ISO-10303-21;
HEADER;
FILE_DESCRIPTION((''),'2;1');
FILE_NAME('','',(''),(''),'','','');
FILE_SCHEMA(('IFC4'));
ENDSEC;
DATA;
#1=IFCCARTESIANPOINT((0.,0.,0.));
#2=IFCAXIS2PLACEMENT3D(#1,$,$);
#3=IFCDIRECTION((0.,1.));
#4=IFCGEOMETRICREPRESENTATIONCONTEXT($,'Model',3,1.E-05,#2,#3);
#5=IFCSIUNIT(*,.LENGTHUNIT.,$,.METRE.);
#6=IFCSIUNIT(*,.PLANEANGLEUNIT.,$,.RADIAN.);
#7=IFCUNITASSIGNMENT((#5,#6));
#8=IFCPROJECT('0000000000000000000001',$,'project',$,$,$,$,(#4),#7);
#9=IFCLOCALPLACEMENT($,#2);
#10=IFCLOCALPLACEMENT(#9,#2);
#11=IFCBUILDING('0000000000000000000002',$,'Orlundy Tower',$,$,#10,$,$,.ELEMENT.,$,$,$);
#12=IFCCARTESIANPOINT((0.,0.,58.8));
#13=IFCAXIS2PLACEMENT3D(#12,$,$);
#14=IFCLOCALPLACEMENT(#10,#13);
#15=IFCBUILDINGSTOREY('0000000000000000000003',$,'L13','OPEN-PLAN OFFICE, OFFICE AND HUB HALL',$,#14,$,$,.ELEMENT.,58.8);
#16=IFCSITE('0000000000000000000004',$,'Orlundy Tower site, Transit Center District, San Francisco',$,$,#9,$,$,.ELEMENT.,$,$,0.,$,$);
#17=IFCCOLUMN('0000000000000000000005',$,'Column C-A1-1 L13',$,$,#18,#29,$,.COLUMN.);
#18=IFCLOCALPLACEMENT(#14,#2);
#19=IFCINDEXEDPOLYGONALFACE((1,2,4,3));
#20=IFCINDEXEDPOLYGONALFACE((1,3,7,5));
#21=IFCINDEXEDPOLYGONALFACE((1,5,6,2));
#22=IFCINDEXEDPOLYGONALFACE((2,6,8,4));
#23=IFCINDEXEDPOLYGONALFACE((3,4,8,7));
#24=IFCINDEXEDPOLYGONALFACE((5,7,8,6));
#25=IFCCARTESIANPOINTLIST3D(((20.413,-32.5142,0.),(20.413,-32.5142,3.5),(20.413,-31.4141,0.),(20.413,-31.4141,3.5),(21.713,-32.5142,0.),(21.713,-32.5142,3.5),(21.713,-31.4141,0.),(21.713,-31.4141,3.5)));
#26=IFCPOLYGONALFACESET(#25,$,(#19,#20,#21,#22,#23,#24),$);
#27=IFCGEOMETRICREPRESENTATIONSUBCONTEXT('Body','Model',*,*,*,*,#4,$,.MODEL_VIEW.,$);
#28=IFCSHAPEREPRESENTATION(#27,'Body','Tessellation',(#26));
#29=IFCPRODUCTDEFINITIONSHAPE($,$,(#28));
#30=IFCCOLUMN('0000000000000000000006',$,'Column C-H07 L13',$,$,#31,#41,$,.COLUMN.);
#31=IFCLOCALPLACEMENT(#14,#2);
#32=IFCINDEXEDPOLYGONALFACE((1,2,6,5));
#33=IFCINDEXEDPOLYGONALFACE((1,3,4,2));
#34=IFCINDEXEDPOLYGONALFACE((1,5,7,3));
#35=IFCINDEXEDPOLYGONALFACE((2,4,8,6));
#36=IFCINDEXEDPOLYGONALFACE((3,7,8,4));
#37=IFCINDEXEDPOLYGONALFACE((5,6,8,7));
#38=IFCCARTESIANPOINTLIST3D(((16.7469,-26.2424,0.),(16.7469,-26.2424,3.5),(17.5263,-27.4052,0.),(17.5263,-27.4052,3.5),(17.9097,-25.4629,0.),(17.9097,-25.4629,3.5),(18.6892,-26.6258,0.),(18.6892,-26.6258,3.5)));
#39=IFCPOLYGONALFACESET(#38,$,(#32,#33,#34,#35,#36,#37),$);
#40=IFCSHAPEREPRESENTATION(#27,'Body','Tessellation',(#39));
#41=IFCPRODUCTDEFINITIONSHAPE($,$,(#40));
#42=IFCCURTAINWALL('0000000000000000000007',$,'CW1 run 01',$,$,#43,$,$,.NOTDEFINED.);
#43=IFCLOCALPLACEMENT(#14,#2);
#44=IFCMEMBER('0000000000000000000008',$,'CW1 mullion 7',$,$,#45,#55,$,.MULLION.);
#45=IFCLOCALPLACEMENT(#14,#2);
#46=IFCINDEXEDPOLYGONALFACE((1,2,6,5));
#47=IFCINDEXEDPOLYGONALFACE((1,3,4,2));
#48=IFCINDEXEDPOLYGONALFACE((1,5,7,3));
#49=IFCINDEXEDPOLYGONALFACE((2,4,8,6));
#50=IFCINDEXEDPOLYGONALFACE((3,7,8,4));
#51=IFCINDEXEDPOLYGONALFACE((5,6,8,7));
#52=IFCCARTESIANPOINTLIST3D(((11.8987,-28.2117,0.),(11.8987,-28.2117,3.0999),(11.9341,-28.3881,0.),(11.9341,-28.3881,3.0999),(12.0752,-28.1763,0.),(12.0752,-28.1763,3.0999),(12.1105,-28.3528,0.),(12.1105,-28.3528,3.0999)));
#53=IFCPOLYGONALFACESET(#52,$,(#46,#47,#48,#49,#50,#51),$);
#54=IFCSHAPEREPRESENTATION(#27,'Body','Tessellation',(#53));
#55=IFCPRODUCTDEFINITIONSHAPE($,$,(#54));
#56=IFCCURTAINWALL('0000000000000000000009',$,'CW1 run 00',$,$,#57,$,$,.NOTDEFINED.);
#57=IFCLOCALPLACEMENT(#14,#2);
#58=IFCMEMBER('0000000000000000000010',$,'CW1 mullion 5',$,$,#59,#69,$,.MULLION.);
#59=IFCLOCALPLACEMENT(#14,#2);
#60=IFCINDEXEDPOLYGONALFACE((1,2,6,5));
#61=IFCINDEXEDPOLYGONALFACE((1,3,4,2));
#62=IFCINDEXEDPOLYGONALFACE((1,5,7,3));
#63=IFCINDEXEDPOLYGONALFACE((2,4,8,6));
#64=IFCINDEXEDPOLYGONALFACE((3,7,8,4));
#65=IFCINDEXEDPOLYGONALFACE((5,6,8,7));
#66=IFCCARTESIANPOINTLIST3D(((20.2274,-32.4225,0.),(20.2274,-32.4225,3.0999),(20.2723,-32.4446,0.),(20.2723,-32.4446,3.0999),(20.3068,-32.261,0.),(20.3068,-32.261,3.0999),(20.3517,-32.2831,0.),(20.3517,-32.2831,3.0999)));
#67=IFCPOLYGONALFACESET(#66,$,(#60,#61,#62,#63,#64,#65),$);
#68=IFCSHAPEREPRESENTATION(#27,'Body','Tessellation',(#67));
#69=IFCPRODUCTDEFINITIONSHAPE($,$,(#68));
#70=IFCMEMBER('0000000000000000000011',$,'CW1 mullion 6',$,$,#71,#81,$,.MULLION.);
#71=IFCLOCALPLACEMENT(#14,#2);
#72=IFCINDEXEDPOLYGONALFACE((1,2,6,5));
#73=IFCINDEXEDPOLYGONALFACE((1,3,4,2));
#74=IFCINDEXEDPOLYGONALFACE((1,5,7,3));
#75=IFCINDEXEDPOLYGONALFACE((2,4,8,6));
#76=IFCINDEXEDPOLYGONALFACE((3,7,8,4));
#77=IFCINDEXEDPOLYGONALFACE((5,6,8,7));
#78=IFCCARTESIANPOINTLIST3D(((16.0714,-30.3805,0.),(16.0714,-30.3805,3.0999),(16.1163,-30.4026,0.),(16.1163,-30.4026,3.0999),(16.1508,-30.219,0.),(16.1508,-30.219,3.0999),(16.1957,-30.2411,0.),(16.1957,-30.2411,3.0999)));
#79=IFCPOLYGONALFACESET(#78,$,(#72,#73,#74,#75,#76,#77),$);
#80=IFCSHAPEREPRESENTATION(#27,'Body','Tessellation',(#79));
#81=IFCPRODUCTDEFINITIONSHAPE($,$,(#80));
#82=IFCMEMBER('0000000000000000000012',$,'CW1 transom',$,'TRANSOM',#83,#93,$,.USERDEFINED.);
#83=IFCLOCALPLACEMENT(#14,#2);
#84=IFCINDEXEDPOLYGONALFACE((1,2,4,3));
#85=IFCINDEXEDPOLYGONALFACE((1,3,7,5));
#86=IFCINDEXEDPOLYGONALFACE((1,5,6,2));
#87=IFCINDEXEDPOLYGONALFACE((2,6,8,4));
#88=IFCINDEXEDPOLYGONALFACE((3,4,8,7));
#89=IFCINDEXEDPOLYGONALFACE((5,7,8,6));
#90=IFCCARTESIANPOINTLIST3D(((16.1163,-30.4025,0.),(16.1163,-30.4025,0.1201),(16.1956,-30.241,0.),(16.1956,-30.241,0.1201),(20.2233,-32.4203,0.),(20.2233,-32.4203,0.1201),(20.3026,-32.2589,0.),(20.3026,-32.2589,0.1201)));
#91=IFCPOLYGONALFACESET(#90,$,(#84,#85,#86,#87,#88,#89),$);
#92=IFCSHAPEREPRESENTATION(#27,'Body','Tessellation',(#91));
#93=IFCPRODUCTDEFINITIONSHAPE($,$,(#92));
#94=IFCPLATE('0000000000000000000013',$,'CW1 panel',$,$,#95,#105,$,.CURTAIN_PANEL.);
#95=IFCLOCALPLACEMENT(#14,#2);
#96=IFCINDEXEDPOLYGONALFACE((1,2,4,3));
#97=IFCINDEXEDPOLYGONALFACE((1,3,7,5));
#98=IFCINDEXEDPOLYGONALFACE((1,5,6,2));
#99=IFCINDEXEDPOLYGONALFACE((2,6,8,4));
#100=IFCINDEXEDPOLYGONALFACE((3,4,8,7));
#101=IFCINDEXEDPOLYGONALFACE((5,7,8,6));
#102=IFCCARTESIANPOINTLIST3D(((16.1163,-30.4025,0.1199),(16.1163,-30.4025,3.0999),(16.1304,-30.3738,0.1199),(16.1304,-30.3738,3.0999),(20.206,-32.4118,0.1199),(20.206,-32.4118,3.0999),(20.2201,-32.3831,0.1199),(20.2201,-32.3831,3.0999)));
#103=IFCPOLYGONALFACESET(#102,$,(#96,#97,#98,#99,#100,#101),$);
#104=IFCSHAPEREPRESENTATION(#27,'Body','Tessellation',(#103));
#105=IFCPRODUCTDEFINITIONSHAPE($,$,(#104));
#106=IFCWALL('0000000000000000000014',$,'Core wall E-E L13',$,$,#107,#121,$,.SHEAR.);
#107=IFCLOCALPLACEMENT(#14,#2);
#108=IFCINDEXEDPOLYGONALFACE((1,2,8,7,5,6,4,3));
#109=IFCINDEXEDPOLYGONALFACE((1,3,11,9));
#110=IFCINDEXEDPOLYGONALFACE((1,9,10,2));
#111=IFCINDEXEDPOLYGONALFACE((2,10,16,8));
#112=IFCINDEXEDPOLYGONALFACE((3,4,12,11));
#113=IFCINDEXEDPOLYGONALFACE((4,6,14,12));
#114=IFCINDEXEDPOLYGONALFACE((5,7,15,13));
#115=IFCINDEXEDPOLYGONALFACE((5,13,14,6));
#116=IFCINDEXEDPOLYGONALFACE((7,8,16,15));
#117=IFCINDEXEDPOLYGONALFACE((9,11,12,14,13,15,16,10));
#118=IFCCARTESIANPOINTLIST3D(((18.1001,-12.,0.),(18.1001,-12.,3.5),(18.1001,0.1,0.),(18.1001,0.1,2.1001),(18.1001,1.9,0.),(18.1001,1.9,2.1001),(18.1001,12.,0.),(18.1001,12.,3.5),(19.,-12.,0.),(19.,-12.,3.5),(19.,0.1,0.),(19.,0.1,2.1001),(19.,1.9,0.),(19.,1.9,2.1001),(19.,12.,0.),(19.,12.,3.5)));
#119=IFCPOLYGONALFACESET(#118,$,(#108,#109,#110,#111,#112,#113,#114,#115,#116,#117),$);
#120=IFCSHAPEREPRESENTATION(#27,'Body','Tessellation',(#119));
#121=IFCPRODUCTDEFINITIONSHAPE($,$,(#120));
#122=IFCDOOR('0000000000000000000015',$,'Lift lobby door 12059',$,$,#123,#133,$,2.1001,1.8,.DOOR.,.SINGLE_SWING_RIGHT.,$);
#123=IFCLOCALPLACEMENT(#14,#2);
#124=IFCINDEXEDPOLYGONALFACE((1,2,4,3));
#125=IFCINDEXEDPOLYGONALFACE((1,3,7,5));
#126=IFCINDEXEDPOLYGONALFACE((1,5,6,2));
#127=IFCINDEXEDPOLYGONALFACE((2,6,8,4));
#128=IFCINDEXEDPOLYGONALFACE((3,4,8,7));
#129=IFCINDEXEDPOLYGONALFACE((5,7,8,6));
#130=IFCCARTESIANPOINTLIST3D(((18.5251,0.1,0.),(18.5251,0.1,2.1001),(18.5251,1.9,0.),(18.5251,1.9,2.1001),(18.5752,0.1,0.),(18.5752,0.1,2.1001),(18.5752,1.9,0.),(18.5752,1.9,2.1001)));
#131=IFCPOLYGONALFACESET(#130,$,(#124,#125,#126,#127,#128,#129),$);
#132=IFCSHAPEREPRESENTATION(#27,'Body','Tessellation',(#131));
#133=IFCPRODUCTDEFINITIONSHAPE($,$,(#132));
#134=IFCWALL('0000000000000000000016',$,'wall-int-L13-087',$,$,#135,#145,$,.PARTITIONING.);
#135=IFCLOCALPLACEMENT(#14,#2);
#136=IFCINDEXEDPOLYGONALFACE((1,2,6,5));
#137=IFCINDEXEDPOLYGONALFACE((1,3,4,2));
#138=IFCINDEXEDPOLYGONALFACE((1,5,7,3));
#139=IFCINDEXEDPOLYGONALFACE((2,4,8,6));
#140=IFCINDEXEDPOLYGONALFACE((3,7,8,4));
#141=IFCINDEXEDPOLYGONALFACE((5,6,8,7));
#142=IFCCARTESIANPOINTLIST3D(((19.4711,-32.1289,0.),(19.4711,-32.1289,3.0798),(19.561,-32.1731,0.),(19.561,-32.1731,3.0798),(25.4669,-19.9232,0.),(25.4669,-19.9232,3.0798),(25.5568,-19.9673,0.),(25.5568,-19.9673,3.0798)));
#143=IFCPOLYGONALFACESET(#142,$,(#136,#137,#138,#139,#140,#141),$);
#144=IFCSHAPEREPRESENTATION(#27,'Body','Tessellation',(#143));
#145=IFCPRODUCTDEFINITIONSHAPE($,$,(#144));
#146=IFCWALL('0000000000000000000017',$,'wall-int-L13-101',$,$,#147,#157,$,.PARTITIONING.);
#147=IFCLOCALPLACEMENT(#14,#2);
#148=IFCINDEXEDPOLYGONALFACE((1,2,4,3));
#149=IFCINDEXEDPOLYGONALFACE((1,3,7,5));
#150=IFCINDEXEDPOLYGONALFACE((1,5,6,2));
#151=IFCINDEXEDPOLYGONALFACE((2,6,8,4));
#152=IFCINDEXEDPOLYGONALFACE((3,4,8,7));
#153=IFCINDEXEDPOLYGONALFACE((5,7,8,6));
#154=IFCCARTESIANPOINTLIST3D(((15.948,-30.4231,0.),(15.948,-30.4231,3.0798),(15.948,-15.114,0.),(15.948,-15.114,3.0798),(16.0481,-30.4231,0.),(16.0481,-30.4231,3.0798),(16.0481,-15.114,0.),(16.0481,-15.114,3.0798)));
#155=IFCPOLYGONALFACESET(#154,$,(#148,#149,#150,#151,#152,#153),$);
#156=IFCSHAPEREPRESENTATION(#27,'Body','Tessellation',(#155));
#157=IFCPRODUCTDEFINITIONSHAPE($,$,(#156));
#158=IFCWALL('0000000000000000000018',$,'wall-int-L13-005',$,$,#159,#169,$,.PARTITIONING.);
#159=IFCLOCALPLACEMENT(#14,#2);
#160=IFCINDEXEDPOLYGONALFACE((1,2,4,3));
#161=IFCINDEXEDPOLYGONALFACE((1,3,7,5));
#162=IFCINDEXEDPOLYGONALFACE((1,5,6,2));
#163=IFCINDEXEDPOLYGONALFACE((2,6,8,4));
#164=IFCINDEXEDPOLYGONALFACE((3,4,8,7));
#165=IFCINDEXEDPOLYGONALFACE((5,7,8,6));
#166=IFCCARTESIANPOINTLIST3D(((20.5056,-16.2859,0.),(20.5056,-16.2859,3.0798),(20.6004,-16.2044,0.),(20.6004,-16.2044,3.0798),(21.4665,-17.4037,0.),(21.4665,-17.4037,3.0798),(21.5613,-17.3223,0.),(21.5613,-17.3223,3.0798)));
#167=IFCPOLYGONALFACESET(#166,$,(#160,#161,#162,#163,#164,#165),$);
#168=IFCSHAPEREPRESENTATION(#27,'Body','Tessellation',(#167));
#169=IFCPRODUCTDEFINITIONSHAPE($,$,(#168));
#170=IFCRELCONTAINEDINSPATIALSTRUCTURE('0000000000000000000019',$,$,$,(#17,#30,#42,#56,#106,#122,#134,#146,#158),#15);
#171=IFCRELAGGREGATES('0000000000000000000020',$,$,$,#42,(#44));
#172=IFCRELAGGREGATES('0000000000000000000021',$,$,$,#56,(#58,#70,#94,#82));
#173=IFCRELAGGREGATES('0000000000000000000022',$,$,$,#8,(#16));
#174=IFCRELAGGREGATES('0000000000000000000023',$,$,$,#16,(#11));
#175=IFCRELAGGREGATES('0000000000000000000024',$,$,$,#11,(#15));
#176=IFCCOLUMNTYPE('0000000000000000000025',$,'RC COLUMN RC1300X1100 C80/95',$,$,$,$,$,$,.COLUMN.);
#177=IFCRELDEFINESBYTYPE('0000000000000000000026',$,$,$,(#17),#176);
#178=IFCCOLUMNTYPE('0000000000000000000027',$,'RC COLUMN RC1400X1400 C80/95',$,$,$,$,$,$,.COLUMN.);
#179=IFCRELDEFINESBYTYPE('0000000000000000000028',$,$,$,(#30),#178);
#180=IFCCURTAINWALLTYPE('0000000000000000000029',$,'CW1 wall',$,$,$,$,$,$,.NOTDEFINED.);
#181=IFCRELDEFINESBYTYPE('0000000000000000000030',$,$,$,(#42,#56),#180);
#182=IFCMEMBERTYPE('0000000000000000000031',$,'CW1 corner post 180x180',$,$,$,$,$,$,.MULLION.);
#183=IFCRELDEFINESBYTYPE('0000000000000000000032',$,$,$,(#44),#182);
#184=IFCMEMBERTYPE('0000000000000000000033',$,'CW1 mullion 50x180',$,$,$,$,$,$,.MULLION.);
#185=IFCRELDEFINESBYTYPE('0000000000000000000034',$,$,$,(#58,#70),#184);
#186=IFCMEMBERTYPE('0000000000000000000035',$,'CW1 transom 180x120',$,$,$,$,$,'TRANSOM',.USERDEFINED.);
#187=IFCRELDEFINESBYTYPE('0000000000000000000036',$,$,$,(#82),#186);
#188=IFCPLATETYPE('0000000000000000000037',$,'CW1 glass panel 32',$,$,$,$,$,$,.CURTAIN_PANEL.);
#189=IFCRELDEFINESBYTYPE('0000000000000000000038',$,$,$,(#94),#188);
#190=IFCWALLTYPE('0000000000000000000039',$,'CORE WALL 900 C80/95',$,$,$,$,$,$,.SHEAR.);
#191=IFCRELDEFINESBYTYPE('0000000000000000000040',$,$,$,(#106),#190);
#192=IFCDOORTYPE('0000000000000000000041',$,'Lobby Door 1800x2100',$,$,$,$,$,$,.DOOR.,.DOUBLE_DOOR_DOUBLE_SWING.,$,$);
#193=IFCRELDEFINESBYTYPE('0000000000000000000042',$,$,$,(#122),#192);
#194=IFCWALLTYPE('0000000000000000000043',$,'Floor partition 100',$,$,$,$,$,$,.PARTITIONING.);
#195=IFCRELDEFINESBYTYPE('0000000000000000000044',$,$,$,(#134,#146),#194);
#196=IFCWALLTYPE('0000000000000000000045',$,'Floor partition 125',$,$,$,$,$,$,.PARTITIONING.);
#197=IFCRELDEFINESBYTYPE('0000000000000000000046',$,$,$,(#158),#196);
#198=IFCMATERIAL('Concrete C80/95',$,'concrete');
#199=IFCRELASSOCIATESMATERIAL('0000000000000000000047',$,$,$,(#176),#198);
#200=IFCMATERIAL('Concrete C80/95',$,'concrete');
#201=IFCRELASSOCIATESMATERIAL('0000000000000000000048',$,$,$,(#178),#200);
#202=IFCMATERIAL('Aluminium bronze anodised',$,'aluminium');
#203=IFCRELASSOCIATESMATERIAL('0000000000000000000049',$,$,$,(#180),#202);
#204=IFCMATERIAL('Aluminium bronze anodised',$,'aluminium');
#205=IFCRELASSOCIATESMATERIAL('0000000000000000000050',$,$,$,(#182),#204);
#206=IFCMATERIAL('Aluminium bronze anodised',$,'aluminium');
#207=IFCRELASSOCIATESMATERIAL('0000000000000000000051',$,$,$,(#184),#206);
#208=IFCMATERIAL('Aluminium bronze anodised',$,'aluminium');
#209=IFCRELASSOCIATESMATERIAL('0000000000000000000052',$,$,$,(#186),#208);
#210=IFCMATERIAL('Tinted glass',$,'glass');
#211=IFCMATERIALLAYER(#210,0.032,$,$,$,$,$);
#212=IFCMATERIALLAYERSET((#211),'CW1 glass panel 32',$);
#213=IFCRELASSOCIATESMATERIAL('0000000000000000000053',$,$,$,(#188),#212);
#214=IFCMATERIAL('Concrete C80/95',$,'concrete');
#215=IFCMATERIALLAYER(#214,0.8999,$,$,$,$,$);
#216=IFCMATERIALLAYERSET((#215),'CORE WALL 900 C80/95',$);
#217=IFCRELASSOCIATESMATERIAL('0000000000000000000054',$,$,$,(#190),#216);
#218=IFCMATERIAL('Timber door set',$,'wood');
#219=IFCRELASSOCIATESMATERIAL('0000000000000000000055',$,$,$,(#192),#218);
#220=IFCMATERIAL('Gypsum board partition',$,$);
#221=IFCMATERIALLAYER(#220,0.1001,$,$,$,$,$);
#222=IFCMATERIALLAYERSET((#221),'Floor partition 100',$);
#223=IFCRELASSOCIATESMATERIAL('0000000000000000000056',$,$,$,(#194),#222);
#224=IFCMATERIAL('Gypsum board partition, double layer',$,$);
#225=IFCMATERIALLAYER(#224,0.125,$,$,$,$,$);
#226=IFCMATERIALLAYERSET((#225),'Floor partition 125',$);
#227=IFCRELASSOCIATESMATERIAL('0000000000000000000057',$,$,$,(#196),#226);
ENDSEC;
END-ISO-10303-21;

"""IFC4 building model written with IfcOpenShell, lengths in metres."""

from ifc_helpers import new_model, si_unit, direction, frame, frame_2d, origin, origin_2d, place, context, subcontext, project, spatial, rectangle, extrude, material, layer, layer_set, material_profile, profile_set, type_object, element, fill, aggregate, save


model = new_model("IFC4")

# Units and contexts
model_context = context("Model", 3, precision=1e-05, world=origin(), true_north=direction((0.0, 1.0)))
body_context = subcontext(model_context, "Body", "Model", "MODEL_VIEW")
ifc_project = project(units=[si_unit("LENGTHUNIT", "METRE"), si_unit("PLANEANGLEUNIT", "RADIAN")], contexts=[model_context])

# Site, building, storey
site_placement = place(None, origin())
site = spatial("IfcSite", under=ifc_project, at=site_placement, Name="Orlundy Tower site, Transit Center District, San Francisco", CompositionType="ELEMENT", RefElevation=0.0)
building_placement = place(site_placement, origin())
building = spatial("IfcBuilding", under=site, at=building_placement, Name="Orlundy Tower", CompositionType="ELEMENT")
storey_placement = place(building_placement, frame((0.0, 0.0, 58.8)))
storey = spatial("IfcBuildingStorey", under=building, at=storey_placement, Name="L13", Description="OPEN-PLAN OFFICE, OFFICE AND HUB HALL", CompositionType="ELEMENT", Elevation=58.8)

# Columns
ifc_material_1 = material(Name="Concrete C80/95", Category="concrete")
ifc_material_profile_1 = material_profile(ifc_material_1, rectangle(XDim=1.3, YDim=1.1001, at=origin_2d()), Name="RC1300X1100")
ifc_profile_set_1 = profile_set([ifc_material_profile_1], Name="Concrete C80/95")
column_type_1 = type_object("IfcColumnType", Name="RC COLUMN RC1300X1100 C80/95", PredefinedType="COLUMN", material=ifc_profile_set_1)
column_1_placement = place(storey_placement, frame((21.063, -31.9641, 0.0), z_axis=(0.0, 0.0, 1.0), x_axis=(1.0, 0.0, 0.0)))
element("IfcColumn", 1, at=column_1_placement, inside=storey, type_object=column_type_1, Name="Column C-A1-1 L13", PredefinedType="COLUMN", context=body_context, shape_type="SweptSolid", body=[
    extrude(rectangle(XDim=1.3, YDim=1.1001, at=origin_2d()), origin(), (0.0, 0.0, 1.0), 3.5),
])
ifc_material_2 = material(Name="Concrete C80/95", Category="concrete")
ifc_material_profile_2 = material_profile(ifc_material_2, rectangle(XDim=1.3999, YDim=1.3999, at=origin_2d()), Name="RC1400X1400")
ifc_profile_set_2 = profile_set([ifc_material_profile_2], Name="Concrete C80/95")
column_type_2 = type_object("IfcColumnType", Name="RC COLUMN RC1400X1400 C80/95", PredefinedType="COLUMN", material=ifc_profile_set_2)
column_2_placement = place(storey_placement, frame((17.718, -26.4341, 0.0), z_axis=(0.0, 0.0, 1.0), x_axis=(0.556774, -0.830664, 0.0)))
element("IfcColumn", 2, at=column_2_placement, inside=storey, type_object=column_type_2, Name="Column C-H07 L13", PredefinedType="COLUMN", context=body_context, shape_type="SweptSolid", body=[
    extrude(rectangle(XDim=1.3999, YDim=1.3999, at=origin_2d()), origin(), (0.0, 0.0, 1.0), 3.5),
])

# Curtain wall, member
ifc_material_3 = material(Name="Aluminium bronze anodised", Category="aluminium")
curtain_wall_type = type_object("IfcCurtainWallType", Name="CW1 wall", PredefinedType="NOTDEFINED", material=ifc_material_3)
curtain_wall_1_placement = place(storey_placement, origin())
curtain_wall_1 = element("IfcCurtainWall", 3, at=curtain_wall_1_placement, inside=storey, type_object=curtain_wall_type, Name="CW1 run 01", PredefinedType="NOTDEFINED")
ifc_material_4 = material(Name="Aluminium bronze anodised", Category="aluminium")
ifc_material_profile_3 = material_profile(ifc_material_4, rectangle(XDim=0.1799, YDim=0.1799, at=origin_2d()), Name="CW1 corner post 180x180")
ifc_profile_set_3 = profile_set([ifc_material_profile_3], Name="Aluminium bronze anodised")
member_type_1 = type_object("IfcMemberType", Name="CW1 corner post 180x180", PredefinedType="MULLION", material=ifc_profile_set_3)
member_1_placement = place(storey_placement, frame((12.0046, -28.2822, 0.0), z_axis=(0.0, 0.0, 1.0), x_axis=(0.196532, -0.980497, 0.0)))
member_1 = element("IfcMember", 4, at=member_1_placement, type_object=member_type_1, Name="CW1 mullion 7", PredefinedType="MULLION", context=body_context, shape_type="SweptSolid", body=[
    extrude(rectangle(XDim=0.1799, YDim=0.1799, at=origin_2d()), origin(), (0.0, 0.0, 1.0), 3.0999),
])
aggregate(curtain_wall_1, [member_1])

# Curtain wall, members, plate
curtain_wall_2_placement = place(storey_placement, origin())
curtain_wall_2 = element("IfcCurtainWall", 5, at=curtain_wall_2_placement, inside=storey, type_object=curtain_wall_type, Name="CW1 run 00", PredefinedType="NOTDEFINED")
ifc_material_5 = material(Name="Aluminium bronze anodised", Category="aluminium")
ifc_material_profile_4 = material_profile(ifc_material_5, rectangle(XDim=0.1799, YDim=0.05, at=origin_2d()), Name="CW1 mullion 50x180")
ifc_profile_set_4 = profile_set([ifc_material_profile_4], Name="Aluminium bronze anodised")
member_type_2 = type_object("IfcMemberType", Name="CW1 mullion 50x180", PredefinedType="MULLION", material=ifc_profile_set_4)
member_2_placement = place(storey_placement, frame((20.2896, -32.3528, 0.0), z_axis=(0.0, 0.0, 1.0), x_axis=(-0.440969, -0.897522, 0.0)))
member_2 = element("IfcMember", 6, at=member_2_placement, type_object=member_type_2, Name="CW1 mullion 5", PredefinedType="MULLION", context=body_context, shape_type="SweptSolid", body=[
    extrude(rectangle(XDim=0.1799, YDim=0.05, at=origin_2d()), origin(), (0.0, 0.0, 1.0), 3.0999),
])
member_3_placement = place(storey_placement, frame((16.1335, -30.3108, 0.0), z_axis=(0.0, 0.0, 1.0), x_axis=(-0.440969, -0.897522, 0.0)))
member_3 = element("IfcMember", 7, at=member_3_placement, type_object=member_type_2, Name="CW1 mullion 6", PredefinedType="MULLION", context=body_context, shape_type="SweptSolid", body=[
    extrude(rectangle(XDim=0.1799, YDim=0.05, at=origin_2d()), origin(), (0.0, 0.0, 1.0), 3.0999),
])
ifc_material_6 = material(Name="Aluminium bronze anodised", Category="aluminium")
ifc_material_profile_5 = material_profile(ifc_material_6, rectangle(XDim=0.1799, YDim=0.1201, at=origin_2d()), Name="CW1 transom 180x120")
ifc_profile_set_5 = profile_set([ifc_material_profile_5], Name="Aluminium bronze anodised")
member_type_3 = type_object("IfcMemberType", Name="CW1 transom 180x120", ElementType="TRANSOM", PredefinedType="USERDEFINED", material=ifc_profile_set_5)
member_4_placement = place(storey_placement, frame((20.2629, -32.3396, 0.0601), z_axis=(-0.897521, 0.440971, 0.0), x_axis=(-0.440971, -0.897521, 0.0)))
member_4 = element("IfcMember", 8, at=member_4_placement, type_object=member_type_3, Name="CW1 transom", ObjectType="TRANSOM", PredefinedType="USERDEFINED", context=body_context, shape_type="SweptSolid", body=[
    extrude(rectangle(XDim=0.1799, YDim=0.1201, at=origin_2d()), origin(), (0.0, 0.0, 1.0), 4.5759),
])
ifc_material_7 = material(Name="Tinted glass", Category="glass")
ifc_layer_1 = layer(ifc_material_7, 0.032)
ifc_layer_set_1 = layer_set([ifc_layer_1], Name="CW1 glass panel 32")
plate_type = type_object("IfcPlateType", Name="CW1 glass panel 32", PredefinedType="CURTAIN_PANEL", material=ifc_layer_set_1)
plate_placement = place(storey_placement, frame((18.1682, -31.3928, 0.1199), z_axis=(0.0, 0.0, 1.0), x_axis=(-0.897522, 0.440969, 0.0)))
plate = element("IfcPlate", 9, at=plate_placement, type_object=plate_type, Name="CW1 panel", PredefinedType="CURTAIN_PANEL", context=body_context, shape_type="SweptSolid", body=[
    extrude(rectangle(XDim=4.5566, YDim=0.032, at=origin_2d()), origin(), (0.0, 0.0, 1.0), 2.98),
])
aggregate(curtain_wall_2, [member_2, member_3, plate, member_4])

# Wall, opening, door
ifc_material_8 = material(Name="Concrete C80/95", Category="concrete")
ifc_layer_2 = layer(ifc_material_8, 0.8999)
ifc_layer_set_2 = layer_set([ifc_layer_2], Name="CORE WALL 900 C80/95")
wall_type_1 = type_object("IfcWallType", Name="CORE WALL 900 C80/95", PredefinedType="SHEAR", material=ifc_layer_set_2)
wall_1_placement = place(storey_placement, frame((18.55, -12.0, 0.0), z_axis=(0.0, 0.0, 1.0), x_axis=(0.0, 1.0, 0.0)))
wall_1 = element("IfcWall", 10, at=wall_1_placement, inside=storey, type_object=wall_type_1, Name="Core wall E-E L13", PredefinedType="SHEAR", context=body_context, shape_type="SweptSolid", body=[
    extrude(rectangle(XDim=24.0, YDim=0.8999, at=frame_2d((12.0, 0.0))), origin(), (0.0, 0.0, 1.0), 3.5),
])
opening_1_placement = place(wall_1_placement, frame((12.1001, 0.0, 0.0)))
opening_1 = element("IfcOpeningElement", 11, at=opening_1_placement, cuts=wall_1, PredefinedType="OPENING", context=body_context, shape_type="SweptSolid", body=[
    extrude(rectangle(XDim=1.8, YDim=2.1001, at=frame_2d((0.8999, 1.05))), frame((0.0, 0.46, 0.0), z_axis=(0.0, -1.0, 0.0), x_axis=(1.0, 0.0, 0.0)), (0.0, 0.0, 1.0), 0.9199),
])
ifc_material_9 = material(Name="Timber door set", Category="wood")
door_type_1 = type_object("IfcDoorType", Name="Lobby Door 1800x2100", OperationType="DOUBLE_DOOR_DOUBLE_SWING", PredefinedType="DOOR", material=ifc_material_9)
door_1_placement = place(opening_1_placement, origin())
door_1 = element("IfcDoor", 12, at=door_1_placement, inside=storey, type_object=door_type_1, Name="Lift lobby door 12059", OperationType="SINGLE_SWING_RIGHT", OverallHeight=2.1001, OverallWidth=1.8, PredefinedType="DOOR", context=body_context, shape_type="SweptSolid", body=[
    extrude(rectangle(XDim=1.8, YDim=2.1001, at=frame_2d((0.8999, 1.05))), frame((0.0, 0.0249, 0.0), z_axis=(0.0, -1.0, 0.0), x_axis=(1.0, 0.0, 0.0)), (0.0, 0.0, 1.0), 0.05),
])
fill(opening_1, door_1)

# Walls
ifc_material_10 = material(Name="Gypsum board partition")
ifc_layer_3 = layer(ifc_material_10, 0.1001)
ifc_layer_set_3 = layer_set([ifc_layer_3], Name="Floor partition 100")
wall_type_2 = type_object("IfcWallType", Name="Floor partition 100", PredefinedType="PARTITIONING", material=ifc_layer_set_3)
wall_2_placement = place(storey_placement, frame((19.5161, -32.1509, 0.0), z_axis=(0.0, 0.0, 1.0), x_axis=(0.440905, 0.897554, 0.0)))
element("IfcWall", 13, at=wall_2_placement, inside=storey, type_object=wall_type_2, Name="wall-int-L13-087", PredefinedType="PARTITIONING", context=body_context, shape_type="SweptSolid", body=[
    extrude(rectangle(XDim=13.5989, YDim=0.1001, at=frame_2d((6.7993, 0.0))), origin(), (0.0, 0.0, 1.0), 3.0798),
])
wall_3_placement = place(storey_placement, frame((15.998, -30.4231, 0.0), z_axis=(0.0, 0.0, 1.0), x_axis=(0.0, 1.0, 0.0)))
element("IfcWall", 14, at=wall_3_placement, inside=storey, type_object=wall_type_2, Name="wall-int-L13-101", PredefinedType="PARTITIONING", context=body_context, shape_type="SweptSolid", body=[
    extrude(rectangle(XDim=15.3091, YDim=0.1001, at=frame_2d((7.6545, 0.0))), origin(), (0.0, 0.0, 1.0), 3.0798),
])
ifc_material_11 = material(Name="Gypsum board partition, double layer")
ifc_layer_4 = layer(ifc_material_11, 0.125)
ifc_layer_set_4 = layer_set([ifc_layer_4], Name="Floor partition 125")
wall_type_3 = type_object("IfcWallType", Name="Floor partition 125", PredefinedType="PARTITIONING", material=ifc_layer_set_4)
wall_4_placement = place(storey_placement, frame((20.553, -16.2451, 0.0), z_axis=(0.0, 0.0, 1.0), x_axis=(0.651855, -0.758344, 0.0)))
element("IfcWall", 15, at=wall_4_placement, inside=storey, type_object=wall_type_3, Name="wall-int-L13-005", PredefinedType="PARTITIONING", context=body_context, shape_type="SweptSolid", body=[
    extrude(rectangle(XDim=1.4741, YDim=0.125, at=frame_2d((0.7371, 0.0))), origin(), (0.0, 0.0, 1.0), 3.0798),
])

save(model, "model.ifc")
